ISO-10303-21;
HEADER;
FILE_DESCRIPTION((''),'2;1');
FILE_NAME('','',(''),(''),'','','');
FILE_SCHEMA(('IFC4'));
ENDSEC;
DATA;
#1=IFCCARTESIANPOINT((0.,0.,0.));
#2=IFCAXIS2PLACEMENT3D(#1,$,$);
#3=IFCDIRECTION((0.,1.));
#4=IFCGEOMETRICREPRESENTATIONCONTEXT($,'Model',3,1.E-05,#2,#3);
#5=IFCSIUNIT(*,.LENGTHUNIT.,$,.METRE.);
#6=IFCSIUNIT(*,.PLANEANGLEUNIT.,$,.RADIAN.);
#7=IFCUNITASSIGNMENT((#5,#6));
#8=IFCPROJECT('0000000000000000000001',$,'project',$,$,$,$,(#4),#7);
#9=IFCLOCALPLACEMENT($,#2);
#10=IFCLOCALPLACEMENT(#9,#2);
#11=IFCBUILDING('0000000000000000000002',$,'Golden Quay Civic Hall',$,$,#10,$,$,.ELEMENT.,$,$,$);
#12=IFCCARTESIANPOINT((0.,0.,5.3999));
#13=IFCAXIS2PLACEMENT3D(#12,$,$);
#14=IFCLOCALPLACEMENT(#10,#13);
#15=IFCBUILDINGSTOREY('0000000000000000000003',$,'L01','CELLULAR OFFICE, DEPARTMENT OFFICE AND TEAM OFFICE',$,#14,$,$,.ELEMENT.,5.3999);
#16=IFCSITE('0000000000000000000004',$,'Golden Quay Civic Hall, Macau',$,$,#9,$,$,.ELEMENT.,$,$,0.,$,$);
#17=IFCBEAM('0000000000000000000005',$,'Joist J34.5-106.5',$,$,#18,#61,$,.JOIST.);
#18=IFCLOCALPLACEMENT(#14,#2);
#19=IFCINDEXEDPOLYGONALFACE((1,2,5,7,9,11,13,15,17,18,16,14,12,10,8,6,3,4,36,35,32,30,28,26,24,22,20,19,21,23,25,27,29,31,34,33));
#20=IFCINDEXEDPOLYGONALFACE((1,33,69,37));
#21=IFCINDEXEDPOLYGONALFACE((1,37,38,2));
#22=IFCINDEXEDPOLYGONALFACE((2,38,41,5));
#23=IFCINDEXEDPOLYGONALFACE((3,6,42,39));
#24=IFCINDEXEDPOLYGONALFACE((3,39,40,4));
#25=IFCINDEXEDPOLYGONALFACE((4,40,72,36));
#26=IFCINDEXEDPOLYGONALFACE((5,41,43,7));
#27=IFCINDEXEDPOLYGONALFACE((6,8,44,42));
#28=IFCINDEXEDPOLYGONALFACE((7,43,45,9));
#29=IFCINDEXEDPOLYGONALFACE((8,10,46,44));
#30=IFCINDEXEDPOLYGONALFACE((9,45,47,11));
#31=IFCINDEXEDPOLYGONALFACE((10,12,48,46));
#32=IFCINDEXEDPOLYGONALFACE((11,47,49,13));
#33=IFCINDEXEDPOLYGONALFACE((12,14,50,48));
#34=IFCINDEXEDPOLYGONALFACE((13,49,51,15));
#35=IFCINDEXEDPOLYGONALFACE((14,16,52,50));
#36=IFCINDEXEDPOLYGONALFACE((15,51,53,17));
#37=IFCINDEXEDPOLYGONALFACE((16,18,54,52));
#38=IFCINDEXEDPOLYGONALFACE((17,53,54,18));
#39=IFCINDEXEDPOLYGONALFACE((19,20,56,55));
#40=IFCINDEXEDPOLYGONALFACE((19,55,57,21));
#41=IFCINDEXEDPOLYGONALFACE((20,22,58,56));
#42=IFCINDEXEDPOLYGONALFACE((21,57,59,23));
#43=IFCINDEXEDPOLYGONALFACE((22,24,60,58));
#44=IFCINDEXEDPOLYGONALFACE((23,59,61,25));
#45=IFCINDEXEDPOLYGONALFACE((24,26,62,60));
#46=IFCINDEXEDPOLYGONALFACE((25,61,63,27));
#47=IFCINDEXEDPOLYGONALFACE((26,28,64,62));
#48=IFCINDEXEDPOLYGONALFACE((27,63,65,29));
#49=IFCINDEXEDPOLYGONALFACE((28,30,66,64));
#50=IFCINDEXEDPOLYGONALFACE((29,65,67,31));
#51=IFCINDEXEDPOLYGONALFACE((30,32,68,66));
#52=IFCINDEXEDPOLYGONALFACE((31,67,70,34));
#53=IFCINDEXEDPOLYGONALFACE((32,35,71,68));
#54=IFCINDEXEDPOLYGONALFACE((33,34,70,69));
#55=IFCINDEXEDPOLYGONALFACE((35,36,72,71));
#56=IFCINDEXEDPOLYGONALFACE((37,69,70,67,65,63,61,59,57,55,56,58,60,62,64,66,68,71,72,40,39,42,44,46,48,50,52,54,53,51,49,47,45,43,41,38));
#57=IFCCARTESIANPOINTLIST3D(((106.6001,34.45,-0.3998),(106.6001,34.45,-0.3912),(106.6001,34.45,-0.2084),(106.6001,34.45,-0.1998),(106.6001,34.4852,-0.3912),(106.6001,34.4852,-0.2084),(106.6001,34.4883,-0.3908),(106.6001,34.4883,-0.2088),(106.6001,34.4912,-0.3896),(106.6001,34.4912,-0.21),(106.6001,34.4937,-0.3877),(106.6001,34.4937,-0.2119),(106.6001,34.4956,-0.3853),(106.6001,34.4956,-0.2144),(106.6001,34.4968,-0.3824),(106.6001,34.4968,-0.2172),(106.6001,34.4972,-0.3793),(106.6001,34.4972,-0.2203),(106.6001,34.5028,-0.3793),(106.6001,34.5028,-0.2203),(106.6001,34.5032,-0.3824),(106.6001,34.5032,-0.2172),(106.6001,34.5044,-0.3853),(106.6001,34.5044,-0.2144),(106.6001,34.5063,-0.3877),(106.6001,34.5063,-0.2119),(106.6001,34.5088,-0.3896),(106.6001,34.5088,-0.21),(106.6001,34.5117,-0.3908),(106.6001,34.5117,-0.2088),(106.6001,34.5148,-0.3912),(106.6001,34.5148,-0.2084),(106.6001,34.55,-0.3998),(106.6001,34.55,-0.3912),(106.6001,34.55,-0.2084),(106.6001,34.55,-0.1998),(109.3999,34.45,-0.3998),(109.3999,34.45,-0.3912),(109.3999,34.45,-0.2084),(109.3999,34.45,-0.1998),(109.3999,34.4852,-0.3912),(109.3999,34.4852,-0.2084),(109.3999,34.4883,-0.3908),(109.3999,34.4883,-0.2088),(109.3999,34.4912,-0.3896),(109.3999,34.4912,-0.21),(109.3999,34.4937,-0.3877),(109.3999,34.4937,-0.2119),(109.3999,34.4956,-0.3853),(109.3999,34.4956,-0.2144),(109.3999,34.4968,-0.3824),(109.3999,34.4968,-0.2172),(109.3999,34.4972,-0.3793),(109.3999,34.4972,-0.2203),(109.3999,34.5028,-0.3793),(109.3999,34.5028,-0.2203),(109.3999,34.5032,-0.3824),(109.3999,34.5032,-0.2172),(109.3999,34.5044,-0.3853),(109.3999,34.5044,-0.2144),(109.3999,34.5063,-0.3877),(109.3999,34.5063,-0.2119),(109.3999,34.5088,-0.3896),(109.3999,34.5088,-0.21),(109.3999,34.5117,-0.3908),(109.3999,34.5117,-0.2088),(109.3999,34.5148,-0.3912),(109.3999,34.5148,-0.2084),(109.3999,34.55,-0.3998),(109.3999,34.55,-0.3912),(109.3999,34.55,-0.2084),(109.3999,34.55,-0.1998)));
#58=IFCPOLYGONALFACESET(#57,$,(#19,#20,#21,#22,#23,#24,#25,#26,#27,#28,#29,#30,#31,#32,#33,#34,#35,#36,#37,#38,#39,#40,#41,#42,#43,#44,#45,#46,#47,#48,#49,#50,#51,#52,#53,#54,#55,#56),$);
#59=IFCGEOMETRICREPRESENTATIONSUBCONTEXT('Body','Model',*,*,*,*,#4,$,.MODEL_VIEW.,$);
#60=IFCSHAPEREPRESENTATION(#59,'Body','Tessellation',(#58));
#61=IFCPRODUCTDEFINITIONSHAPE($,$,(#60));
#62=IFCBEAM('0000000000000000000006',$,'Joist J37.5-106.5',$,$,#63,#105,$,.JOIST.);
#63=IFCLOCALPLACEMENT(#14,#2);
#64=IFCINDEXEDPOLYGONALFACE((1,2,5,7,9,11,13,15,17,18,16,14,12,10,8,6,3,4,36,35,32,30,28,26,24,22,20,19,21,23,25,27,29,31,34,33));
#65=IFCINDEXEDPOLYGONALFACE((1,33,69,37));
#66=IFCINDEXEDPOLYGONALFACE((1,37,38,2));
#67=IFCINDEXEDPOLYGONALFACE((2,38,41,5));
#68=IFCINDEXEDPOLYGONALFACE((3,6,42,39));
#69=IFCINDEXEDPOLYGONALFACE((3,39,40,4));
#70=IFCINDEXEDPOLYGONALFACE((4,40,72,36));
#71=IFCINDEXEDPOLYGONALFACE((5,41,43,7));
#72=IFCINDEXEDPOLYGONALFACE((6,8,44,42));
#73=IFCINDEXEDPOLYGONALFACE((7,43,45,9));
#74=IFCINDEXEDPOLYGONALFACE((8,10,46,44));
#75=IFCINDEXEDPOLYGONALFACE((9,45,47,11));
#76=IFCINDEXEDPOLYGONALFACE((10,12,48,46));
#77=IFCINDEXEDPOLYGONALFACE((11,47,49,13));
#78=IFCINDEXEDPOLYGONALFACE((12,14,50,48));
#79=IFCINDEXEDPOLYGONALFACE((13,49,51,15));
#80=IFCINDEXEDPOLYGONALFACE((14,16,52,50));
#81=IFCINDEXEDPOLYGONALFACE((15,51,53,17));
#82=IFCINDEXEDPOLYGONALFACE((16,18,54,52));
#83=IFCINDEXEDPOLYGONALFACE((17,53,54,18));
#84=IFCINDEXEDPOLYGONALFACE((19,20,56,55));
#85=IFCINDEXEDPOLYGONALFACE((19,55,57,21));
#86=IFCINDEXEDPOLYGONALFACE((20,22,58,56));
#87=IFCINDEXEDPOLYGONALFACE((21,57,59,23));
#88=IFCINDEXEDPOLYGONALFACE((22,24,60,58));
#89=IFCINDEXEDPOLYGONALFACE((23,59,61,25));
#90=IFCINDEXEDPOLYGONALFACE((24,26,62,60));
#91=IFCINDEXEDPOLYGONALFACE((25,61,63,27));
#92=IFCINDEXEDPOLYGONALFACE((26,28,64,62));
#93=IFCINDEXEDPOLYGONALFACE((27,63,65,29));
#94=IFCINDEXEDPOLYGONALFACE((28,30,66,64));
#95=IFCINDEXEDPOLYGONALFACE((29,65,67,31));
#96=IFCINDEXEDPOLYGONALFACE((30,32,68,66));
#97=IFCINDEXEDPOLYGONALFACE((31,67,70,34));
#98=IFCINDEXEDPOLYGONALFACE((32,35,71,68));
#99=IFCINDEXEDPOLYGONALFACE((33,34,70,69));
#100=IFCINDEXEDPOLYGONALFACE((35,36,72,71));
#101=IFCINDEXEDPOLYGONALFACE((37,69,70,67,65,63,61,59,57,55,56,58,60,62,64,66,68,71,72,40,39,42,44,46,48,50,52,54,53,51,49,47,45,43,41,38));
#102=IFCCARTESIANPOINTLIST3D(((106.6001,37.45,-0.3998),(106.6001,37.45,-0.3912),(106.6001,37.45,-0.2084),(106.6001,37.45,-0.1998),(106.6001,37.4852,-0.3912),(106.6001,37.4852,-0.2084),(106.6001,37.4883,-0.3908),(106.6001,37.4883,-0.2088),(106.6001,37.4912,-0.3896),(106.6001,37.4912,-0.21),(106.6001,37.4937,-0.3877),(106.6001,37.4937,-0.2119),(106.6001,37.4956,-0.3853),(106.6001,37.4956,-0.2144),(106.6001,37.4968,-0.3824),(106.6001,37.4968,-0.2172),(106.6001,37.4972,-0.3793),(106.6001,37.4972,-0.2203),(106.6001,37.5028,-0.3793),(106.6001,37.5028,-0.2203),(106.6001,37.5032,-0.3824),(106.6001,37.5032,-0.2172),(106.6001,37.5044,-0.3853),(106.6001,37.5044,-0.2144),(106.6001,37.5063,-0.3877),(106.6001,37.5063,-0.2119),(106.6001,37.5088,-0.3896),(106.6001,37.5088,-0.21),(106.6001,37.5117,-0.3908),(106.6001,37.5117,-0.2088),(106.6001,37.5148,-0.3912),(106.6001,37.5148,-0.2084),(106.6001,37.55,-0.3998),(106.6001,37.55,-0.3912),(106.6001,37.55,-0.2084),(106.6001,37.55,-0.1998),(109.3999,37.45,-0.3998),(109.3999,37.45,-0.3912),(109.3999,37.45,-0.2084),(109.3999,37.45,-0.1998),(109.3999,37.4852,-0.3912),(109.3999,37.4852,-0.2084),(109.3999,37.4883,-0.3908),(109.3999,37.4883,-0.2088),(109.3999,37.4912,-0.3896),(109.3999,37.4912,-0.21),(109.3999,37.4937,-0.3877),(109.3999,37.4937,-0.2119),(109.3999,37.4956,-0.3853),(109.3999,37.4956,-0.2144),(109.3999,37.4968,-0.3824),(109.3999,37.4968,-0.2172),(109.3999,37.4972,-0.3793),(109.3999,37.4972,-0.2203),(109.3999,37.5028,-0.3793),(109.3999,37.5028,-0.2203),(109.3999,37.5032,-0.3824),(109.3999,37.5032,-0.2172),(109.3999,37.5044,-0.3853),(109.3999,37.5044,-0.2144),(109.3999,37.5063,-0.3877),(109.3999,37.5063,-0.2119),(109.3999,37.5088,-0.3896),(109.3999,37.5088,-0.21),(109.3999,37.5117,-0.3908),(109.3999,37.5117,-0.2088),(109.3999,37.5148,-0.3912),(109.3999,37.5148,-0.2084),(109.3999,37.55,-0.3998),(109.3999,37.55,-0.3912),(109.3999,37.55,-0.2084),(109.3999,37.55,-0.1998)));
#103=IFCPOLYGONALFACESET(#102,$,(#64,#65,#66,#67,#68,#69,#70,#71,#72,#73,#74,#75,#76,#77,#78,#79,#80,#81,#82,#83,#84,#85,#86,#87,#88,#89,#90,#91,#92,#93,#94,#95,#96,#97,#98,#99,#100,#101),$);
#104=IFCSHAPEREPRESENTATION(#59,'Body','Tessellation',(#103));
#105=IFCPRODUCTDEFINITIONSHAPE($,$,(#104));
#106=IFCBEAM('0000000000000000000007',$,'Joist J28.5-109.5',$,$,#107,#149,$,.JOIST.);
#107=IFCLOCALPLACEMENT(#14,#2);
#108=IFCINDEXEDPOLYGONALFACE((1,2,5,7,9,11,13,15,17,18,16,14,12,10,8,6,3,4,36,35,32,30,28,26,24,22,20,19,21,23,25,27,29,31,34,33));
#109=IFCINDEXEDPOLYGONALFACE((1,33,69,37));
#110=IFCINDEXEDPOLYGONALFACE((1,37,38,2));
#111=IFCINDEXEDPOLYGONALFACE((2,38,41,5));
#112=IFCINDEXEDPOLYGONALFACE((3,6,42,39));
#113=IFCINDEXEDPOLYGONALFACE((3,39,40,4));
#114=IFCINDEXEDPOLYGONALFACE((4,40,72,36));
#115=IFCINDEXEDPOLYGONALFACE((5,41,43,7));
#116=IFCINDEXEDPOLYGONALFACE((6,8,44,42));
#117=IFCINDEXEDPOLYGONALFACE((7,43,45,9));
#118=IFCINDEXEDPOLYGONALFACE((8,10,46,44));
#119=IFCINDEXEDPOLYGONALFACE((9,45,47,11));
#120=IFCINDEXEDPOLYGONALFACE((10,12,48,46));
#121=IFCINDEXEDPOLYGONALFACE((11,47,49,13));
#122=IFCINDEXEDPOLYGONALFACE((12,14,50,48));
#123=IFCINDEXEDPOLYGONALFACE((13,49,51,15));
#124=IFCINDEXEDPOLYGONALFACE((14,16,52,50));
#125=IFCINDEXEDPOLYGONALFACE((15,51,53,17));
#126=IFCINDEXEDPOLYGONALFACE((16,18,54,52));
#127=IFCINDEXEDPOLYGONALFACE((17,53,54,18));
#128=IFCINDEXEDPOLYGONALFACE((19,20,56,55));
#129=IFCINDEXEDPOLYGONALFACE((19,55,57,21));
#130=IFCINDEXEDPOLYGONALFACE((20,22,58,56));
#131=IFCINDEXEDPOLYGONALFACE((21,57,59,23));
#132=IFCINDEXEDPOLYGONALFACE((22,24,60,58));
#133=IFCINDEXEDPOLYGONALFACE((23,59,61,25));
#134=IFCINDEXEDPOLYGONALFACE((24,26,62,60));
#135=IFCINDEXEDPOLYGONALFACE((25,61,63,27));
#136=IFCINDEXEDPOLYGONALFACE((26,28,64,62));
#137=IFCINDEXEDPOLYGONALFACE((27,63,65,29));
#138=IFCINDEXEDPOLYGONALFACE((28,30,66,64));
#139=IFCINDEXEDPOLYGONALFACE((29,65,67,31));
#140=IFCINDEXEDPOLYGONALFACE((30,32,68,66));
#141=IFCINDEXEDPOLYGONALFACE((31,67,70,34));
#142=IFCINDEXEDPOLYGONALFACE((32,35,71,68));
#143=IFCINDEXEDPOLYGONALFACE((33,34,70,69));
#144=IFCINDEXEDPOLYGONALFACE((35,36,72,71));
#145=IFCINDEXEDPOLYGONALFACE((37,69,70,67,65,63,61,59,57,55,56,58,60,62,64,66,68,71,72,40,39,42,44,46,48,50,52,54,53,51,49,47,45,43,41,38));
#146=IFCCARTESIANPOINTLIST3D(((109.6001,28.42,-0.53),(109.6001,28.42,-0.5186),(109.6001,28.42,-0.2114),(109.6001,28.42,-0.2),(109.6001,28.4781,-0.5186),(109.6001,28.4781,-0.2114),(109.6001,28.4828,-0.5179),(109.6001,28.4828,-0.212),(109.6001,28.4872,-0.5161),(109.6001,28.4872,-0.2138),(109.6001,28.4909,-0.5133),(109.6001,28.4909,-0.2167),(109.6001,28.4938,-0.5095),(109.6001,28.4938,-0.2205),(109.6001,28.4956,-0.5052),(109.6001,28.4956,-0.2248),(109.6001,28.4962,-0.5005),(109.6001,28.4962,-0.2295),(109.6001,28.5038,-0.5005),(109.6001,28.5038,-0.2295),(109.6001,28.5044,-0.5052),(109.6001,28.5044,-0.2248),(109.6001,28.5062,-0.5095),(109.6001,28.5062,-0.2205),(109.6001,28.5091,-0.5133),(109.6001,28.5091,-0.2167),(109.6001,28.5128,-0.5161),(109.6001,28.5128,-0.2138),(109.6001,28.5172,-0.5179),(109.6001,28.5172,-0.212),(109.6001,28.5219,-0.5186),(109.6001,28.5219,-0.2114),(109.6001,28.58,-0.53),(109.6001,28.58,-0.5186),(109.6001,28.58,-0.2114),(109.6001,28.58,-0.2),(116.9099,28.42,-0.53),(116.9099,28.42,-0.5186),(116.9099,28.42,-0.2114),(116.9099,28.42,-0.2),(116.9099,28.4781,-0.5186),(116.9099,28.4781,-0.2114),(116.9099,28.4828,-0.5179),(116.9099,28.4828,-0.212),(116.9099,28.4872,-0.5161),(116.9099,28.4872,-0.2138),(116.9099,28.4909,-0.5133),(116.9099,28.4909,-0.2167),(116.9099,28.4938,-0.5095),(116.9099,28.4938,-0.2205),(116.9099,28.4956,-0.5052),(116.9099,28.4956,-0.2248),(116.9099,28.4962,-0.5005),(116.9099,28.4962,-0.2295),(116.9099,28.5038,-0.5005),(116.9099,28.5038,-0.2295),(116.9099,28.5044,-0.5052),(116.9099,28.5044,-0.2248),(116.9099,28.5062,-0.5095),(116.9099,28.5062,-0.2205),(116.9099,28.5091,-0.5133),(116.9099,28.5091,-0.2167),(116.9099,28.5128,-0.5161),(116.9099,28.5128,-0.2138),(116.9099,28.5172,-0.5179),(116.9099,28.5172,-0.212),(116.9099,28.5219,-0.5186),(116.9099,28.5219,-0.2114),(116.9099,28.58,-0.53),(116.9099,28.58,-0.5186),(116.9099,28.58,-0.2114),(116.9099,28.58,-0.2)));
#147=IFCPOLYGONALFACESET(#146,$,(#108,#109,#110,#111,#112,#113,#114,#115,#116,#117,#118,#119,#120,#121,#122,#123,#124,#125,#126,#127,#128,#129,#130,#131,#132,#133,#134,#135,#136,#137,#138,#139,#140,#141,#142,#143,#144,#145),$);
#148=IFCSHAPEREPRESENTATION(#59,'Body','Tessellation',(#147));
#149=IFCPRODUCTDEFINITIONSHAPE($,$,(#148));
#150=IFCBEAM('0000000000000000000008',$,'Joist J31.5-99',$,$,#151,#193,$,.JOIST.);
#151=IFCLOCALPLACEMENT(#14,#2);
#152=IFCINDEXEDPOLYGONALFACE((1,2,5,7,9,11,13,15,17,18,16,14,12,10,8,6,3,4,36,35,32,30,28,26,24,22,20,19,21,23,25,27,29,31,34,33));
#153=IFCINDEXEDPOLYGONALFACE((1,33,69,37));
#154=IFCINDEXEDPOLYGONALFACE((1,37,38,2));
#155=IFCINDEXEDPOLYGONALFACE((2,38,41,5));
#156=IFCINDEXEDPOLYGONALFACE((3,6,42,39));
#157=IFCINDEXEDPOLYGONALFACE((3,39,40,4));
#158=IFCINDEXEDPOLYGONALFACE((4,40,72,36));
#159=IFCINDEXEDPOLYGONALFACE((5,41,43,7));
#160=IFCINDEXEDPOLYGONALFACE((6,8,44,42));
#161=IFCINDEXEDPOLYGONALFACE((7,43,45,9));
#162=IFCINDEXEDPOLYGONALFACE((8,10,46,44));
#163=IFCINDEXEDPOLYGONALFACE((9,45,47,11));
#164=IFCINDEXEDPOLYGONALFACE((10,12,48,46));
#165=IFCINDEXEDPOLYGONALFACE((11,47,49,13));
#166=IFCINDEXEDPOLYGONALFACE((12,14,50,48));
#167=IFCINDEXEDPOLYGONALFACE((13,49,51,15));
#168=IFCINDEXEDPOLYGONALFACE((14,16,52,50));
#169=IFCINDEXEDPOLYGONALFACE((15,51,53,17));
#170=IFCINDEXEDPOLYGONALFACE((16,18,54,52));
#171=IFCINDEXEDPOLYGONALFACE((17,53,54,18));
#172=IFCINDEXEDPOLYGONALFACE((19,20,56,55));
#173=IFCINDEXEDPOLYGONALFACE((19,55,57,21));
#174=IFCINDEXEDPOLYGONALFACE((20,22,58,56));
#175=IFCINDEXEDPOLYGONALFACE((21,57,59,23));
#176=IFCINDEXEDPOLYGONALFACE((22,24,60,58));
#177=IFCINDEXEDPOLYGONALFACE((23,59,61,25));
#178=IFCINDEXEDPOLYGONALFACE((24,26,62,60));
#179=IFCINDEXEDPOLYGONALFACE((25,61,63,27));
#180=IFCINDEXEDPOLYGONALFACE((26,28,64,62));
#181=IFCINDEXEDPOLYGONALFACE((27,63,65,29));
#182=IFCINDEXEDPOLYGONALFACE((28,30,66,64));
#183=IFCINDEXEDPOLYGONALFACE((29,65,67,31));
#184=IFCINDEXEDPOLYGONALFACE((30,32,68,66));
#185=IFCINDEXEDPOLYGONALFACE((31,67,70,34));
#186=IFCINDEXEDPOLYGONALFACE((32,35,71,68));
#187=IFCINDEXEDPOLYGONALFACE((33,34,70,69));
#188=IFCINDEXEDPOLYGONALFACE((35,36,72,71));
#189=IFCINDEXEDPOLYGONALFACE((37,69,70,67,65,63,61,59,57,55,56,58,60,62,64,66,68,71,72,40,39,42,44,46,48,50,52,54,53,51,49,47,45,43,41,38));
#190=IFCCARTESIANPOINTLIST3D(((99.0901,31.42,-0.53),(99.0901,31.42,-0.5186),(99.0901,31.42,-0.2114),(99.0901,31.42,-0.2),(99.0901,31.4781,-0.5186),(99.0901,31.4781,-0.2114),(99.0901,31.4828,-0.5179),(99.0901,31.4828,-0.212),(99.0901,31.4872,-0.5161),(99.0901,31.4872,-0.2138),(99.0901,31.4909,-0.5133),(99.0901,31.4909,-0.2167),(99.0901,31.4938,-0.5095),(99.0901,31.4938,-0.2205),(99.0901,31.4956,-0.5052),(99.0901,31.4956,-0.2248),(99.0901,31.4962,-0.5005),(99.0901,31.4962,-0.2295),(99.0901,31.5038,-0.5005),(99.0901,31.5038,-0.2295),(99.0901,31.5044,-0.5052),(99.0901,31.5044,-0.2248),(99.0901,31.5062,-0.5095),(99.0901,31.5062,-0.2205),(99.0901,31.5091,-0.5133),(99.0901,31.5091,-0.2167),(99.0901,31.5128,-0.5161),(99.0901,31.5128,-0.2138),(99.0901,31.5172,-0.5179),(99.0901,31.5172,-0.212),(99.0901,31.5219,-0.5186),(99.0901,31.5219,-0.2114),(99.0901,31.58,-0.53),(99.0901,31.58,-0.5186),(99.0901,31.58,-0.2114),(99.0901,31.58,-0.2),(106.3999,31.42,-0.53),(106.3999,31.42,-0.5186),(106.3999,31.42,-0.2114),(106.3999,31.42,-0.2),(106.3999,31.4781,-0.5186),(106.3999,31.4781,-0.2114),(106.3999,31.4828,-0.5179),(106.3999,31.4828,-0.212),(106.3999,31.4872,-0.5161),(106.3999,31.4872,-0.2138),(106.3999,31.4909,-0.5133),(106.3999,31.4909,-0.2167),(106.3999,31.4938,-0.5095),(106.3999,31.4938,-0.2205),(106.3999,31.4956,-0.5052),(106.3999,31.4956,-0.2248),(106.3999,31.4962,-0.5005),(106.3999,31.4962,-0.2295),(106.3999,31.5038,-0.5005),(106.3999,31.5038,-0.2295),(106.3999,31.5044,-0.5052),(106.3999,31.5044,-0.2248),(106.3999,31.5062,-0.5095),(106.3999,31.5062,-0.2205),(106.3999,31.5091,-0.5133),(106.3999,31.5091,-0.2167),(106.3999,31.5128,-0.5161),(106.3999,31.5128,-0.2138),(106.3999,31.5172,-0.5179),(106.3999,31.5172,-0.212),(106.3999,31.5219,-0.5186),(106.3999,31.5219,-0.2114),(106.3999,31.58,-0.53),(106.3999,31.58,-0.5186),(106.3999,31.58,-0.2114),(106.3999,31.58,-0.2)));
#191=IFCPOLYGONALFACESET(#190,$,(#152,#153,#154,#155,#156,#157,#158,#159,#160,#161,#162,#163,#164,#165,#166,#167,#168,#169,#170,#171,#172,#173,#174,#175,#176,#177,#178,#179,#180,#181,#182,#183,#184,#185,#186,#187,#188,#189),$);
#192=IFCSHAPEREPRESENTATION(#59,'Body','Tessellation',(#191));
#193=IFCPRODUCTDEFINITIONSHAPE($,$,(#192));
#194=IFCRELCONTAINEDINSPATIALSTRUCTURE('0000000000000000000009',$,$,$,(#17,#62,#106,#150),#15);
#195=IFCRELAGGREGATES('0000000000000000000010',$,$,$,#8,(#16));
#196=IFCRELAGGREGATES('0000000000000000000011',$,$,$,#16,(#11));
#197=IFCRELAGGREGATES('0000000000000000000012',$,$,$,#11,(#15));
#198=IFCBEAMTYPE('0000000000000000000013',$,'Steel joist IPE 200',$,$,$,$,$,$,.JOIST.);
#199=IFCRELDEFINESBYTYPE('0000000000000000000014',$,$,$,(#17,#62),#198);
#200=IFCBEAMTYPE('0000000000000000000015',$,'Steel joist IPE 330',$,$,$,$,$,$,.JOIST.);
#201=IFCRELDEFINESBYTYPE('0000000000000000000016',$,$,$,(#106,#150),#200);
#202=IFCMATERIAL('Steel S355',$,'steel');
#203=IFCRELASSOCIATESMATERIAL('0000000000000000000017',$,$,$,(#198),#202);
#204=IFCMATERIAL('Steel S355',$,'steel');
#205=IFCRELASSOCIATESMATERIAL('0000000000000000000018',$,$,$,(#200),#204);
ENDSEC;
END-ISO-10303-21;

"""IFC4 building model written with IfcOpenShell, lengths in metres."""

from ifc_helpers import new_model, si_unit, direction, frame, origin, origin_2d, place, context, subcontext, project, spatial, i_section, extrude, material, material_profile, profile_set, type_object, element, save


model = new_model("IFC4")

# Units and contexts
model_context = context("Model", 3, precision=1e-05, world=origin(), true_north=direction((0.0, 1.0)))
body_context = subcontext(model_context, "Body", "Model", "MODEL_VIEW")
ifc_project = project(units=[si_unit("LENGTHUNIT", "METRE"), si_unit("PLANEANGLEUNIT", "RADIAN")], contexts=[model_context])

# Site, building, storey
site_placement = place(None, origin())
site = spatial("IfcSite", under=ifc_project, at=site_placement, Name="Golden Quay Civic Hall, Macau", CompositionType="ELEMENT", RefElevation=0.0)
building_placement = place(site_placement, origin())
building = spatial("IfcBuilding", under=site, at=building_placement, Name="Golden Quay Civic Hall", CompositionType="ELEMENT")
storey_placement = place(building_placement, frame((0.0, 0.0, 5.3999)))
storey = spatial("IfcBuildingStorey", under=building, at=storey_placement, Name="L01", Description="CELLULAR OFFICE, DEPARTMENT OFFICE AND TEAM OFFICE", CompositionType="ELEMENT", Elevation=5.3999)

# Beams
ifc_material_1 = material(Name="Steel S355", Category="steel")
ifc_material_profile_1 = material_profile(ifc_material_1, i_section(OverallWidth=0.1001, OverallDepth=0.2, WebThickness=0.0056, FlangeThickness=0.0085, FilletRadius=0.012, at=origin_2d()), Name="IPE 200")
ifc_profile_set_1 = profile_set([ifc_material_profile_1], Name="Steel S355")
beam_type_1 = type_object("IfcBeamType", Name="Steel joist IPE 200", PredefinedType="JOIST", material=ifc_profile_set_1)
for number, where, z_axis, x_axis, name in (
    (1, (106.6001, 34.5, -0.2998), (1.0, 0.0, 0.0), (0.0, 1.0, 0.0), "Joist J34.5-106.5"),
    (2, (106.6001, 37.5, -0.2998), (1.0, 0.0, 0.0), (0.0, 1.0, 0.0), "Joist J37.5-106.5"),
):
    element("IfcBeam", number, at=place(storey_placement, frame(where, z_axis=z_axis, x_axis=x_axis)), inside=storey, type_object=beam_type_1, Name=name, PredefinedType="JOIST", context=body_context, shape_type="SweptSolid", body=[
        extrude(i_section(OverallWidth=0.1001, OverallDepth=0.2, WebThickness=0.0056, FlangeThickness=0.0085, FilletRadius=0.012, at=origin_2d()), origin(), (0.0, 0.0, 1.0), 2.7998),
    ])
ifc_material_2 = material(Name="Steel S355", Category="steel")
ifc_material_profile_2 = material_profile(ifc_material_2, i_section(OverallWidth=0.1599, OverallDepth=0.3301, WebThickness=0.0076, FlangeThickness=0.0115, FilletRadius=0.0181, at=origin_2d()), Name="IPE 330")
ifc_profile_set_2 = profile_set([ifc_material_profile_2], Name="Steel S355")
beam_type_2 = type_object("IfcBeamType", Name="Steel joist IPE 330", PredefinedType="JOIST", material=ifc_profile_set_2)
for number, where, z_axis, x_axis, name in (
    (3, (109.6001, 28.5, -0.365), (1.0, 0.0, 0.0), (0.0, 1.0, 0.0), "Joist J28.5-109.5"),
    (4, (99.0901, 31.5, -0.365), (1.0, 0.0, 0.0), (0.0, 1.0, 0.0), "Joist J31.5-99"),
):
    element("IfcBeam", number, at=place(storey_placement, frame(where, z_axis=z_axis, x_axis=x_axis)), inside=storey, type_object=beam_type_2, Name=name, PredefinedType="JOIST", context=body_context, shape_type="SweptSolid", body=[
        extrude(i_section(OverallWidth=0.1599, OverallDepth=0.3301, WebThickness=0.0076, FlangeThickness=0.0115, FilletRadius=0.0181, at=origin_2d()), origin(), (0.0, 0.0, 1.0), 7.3098),
    ])

save(model, "model.ifc")
